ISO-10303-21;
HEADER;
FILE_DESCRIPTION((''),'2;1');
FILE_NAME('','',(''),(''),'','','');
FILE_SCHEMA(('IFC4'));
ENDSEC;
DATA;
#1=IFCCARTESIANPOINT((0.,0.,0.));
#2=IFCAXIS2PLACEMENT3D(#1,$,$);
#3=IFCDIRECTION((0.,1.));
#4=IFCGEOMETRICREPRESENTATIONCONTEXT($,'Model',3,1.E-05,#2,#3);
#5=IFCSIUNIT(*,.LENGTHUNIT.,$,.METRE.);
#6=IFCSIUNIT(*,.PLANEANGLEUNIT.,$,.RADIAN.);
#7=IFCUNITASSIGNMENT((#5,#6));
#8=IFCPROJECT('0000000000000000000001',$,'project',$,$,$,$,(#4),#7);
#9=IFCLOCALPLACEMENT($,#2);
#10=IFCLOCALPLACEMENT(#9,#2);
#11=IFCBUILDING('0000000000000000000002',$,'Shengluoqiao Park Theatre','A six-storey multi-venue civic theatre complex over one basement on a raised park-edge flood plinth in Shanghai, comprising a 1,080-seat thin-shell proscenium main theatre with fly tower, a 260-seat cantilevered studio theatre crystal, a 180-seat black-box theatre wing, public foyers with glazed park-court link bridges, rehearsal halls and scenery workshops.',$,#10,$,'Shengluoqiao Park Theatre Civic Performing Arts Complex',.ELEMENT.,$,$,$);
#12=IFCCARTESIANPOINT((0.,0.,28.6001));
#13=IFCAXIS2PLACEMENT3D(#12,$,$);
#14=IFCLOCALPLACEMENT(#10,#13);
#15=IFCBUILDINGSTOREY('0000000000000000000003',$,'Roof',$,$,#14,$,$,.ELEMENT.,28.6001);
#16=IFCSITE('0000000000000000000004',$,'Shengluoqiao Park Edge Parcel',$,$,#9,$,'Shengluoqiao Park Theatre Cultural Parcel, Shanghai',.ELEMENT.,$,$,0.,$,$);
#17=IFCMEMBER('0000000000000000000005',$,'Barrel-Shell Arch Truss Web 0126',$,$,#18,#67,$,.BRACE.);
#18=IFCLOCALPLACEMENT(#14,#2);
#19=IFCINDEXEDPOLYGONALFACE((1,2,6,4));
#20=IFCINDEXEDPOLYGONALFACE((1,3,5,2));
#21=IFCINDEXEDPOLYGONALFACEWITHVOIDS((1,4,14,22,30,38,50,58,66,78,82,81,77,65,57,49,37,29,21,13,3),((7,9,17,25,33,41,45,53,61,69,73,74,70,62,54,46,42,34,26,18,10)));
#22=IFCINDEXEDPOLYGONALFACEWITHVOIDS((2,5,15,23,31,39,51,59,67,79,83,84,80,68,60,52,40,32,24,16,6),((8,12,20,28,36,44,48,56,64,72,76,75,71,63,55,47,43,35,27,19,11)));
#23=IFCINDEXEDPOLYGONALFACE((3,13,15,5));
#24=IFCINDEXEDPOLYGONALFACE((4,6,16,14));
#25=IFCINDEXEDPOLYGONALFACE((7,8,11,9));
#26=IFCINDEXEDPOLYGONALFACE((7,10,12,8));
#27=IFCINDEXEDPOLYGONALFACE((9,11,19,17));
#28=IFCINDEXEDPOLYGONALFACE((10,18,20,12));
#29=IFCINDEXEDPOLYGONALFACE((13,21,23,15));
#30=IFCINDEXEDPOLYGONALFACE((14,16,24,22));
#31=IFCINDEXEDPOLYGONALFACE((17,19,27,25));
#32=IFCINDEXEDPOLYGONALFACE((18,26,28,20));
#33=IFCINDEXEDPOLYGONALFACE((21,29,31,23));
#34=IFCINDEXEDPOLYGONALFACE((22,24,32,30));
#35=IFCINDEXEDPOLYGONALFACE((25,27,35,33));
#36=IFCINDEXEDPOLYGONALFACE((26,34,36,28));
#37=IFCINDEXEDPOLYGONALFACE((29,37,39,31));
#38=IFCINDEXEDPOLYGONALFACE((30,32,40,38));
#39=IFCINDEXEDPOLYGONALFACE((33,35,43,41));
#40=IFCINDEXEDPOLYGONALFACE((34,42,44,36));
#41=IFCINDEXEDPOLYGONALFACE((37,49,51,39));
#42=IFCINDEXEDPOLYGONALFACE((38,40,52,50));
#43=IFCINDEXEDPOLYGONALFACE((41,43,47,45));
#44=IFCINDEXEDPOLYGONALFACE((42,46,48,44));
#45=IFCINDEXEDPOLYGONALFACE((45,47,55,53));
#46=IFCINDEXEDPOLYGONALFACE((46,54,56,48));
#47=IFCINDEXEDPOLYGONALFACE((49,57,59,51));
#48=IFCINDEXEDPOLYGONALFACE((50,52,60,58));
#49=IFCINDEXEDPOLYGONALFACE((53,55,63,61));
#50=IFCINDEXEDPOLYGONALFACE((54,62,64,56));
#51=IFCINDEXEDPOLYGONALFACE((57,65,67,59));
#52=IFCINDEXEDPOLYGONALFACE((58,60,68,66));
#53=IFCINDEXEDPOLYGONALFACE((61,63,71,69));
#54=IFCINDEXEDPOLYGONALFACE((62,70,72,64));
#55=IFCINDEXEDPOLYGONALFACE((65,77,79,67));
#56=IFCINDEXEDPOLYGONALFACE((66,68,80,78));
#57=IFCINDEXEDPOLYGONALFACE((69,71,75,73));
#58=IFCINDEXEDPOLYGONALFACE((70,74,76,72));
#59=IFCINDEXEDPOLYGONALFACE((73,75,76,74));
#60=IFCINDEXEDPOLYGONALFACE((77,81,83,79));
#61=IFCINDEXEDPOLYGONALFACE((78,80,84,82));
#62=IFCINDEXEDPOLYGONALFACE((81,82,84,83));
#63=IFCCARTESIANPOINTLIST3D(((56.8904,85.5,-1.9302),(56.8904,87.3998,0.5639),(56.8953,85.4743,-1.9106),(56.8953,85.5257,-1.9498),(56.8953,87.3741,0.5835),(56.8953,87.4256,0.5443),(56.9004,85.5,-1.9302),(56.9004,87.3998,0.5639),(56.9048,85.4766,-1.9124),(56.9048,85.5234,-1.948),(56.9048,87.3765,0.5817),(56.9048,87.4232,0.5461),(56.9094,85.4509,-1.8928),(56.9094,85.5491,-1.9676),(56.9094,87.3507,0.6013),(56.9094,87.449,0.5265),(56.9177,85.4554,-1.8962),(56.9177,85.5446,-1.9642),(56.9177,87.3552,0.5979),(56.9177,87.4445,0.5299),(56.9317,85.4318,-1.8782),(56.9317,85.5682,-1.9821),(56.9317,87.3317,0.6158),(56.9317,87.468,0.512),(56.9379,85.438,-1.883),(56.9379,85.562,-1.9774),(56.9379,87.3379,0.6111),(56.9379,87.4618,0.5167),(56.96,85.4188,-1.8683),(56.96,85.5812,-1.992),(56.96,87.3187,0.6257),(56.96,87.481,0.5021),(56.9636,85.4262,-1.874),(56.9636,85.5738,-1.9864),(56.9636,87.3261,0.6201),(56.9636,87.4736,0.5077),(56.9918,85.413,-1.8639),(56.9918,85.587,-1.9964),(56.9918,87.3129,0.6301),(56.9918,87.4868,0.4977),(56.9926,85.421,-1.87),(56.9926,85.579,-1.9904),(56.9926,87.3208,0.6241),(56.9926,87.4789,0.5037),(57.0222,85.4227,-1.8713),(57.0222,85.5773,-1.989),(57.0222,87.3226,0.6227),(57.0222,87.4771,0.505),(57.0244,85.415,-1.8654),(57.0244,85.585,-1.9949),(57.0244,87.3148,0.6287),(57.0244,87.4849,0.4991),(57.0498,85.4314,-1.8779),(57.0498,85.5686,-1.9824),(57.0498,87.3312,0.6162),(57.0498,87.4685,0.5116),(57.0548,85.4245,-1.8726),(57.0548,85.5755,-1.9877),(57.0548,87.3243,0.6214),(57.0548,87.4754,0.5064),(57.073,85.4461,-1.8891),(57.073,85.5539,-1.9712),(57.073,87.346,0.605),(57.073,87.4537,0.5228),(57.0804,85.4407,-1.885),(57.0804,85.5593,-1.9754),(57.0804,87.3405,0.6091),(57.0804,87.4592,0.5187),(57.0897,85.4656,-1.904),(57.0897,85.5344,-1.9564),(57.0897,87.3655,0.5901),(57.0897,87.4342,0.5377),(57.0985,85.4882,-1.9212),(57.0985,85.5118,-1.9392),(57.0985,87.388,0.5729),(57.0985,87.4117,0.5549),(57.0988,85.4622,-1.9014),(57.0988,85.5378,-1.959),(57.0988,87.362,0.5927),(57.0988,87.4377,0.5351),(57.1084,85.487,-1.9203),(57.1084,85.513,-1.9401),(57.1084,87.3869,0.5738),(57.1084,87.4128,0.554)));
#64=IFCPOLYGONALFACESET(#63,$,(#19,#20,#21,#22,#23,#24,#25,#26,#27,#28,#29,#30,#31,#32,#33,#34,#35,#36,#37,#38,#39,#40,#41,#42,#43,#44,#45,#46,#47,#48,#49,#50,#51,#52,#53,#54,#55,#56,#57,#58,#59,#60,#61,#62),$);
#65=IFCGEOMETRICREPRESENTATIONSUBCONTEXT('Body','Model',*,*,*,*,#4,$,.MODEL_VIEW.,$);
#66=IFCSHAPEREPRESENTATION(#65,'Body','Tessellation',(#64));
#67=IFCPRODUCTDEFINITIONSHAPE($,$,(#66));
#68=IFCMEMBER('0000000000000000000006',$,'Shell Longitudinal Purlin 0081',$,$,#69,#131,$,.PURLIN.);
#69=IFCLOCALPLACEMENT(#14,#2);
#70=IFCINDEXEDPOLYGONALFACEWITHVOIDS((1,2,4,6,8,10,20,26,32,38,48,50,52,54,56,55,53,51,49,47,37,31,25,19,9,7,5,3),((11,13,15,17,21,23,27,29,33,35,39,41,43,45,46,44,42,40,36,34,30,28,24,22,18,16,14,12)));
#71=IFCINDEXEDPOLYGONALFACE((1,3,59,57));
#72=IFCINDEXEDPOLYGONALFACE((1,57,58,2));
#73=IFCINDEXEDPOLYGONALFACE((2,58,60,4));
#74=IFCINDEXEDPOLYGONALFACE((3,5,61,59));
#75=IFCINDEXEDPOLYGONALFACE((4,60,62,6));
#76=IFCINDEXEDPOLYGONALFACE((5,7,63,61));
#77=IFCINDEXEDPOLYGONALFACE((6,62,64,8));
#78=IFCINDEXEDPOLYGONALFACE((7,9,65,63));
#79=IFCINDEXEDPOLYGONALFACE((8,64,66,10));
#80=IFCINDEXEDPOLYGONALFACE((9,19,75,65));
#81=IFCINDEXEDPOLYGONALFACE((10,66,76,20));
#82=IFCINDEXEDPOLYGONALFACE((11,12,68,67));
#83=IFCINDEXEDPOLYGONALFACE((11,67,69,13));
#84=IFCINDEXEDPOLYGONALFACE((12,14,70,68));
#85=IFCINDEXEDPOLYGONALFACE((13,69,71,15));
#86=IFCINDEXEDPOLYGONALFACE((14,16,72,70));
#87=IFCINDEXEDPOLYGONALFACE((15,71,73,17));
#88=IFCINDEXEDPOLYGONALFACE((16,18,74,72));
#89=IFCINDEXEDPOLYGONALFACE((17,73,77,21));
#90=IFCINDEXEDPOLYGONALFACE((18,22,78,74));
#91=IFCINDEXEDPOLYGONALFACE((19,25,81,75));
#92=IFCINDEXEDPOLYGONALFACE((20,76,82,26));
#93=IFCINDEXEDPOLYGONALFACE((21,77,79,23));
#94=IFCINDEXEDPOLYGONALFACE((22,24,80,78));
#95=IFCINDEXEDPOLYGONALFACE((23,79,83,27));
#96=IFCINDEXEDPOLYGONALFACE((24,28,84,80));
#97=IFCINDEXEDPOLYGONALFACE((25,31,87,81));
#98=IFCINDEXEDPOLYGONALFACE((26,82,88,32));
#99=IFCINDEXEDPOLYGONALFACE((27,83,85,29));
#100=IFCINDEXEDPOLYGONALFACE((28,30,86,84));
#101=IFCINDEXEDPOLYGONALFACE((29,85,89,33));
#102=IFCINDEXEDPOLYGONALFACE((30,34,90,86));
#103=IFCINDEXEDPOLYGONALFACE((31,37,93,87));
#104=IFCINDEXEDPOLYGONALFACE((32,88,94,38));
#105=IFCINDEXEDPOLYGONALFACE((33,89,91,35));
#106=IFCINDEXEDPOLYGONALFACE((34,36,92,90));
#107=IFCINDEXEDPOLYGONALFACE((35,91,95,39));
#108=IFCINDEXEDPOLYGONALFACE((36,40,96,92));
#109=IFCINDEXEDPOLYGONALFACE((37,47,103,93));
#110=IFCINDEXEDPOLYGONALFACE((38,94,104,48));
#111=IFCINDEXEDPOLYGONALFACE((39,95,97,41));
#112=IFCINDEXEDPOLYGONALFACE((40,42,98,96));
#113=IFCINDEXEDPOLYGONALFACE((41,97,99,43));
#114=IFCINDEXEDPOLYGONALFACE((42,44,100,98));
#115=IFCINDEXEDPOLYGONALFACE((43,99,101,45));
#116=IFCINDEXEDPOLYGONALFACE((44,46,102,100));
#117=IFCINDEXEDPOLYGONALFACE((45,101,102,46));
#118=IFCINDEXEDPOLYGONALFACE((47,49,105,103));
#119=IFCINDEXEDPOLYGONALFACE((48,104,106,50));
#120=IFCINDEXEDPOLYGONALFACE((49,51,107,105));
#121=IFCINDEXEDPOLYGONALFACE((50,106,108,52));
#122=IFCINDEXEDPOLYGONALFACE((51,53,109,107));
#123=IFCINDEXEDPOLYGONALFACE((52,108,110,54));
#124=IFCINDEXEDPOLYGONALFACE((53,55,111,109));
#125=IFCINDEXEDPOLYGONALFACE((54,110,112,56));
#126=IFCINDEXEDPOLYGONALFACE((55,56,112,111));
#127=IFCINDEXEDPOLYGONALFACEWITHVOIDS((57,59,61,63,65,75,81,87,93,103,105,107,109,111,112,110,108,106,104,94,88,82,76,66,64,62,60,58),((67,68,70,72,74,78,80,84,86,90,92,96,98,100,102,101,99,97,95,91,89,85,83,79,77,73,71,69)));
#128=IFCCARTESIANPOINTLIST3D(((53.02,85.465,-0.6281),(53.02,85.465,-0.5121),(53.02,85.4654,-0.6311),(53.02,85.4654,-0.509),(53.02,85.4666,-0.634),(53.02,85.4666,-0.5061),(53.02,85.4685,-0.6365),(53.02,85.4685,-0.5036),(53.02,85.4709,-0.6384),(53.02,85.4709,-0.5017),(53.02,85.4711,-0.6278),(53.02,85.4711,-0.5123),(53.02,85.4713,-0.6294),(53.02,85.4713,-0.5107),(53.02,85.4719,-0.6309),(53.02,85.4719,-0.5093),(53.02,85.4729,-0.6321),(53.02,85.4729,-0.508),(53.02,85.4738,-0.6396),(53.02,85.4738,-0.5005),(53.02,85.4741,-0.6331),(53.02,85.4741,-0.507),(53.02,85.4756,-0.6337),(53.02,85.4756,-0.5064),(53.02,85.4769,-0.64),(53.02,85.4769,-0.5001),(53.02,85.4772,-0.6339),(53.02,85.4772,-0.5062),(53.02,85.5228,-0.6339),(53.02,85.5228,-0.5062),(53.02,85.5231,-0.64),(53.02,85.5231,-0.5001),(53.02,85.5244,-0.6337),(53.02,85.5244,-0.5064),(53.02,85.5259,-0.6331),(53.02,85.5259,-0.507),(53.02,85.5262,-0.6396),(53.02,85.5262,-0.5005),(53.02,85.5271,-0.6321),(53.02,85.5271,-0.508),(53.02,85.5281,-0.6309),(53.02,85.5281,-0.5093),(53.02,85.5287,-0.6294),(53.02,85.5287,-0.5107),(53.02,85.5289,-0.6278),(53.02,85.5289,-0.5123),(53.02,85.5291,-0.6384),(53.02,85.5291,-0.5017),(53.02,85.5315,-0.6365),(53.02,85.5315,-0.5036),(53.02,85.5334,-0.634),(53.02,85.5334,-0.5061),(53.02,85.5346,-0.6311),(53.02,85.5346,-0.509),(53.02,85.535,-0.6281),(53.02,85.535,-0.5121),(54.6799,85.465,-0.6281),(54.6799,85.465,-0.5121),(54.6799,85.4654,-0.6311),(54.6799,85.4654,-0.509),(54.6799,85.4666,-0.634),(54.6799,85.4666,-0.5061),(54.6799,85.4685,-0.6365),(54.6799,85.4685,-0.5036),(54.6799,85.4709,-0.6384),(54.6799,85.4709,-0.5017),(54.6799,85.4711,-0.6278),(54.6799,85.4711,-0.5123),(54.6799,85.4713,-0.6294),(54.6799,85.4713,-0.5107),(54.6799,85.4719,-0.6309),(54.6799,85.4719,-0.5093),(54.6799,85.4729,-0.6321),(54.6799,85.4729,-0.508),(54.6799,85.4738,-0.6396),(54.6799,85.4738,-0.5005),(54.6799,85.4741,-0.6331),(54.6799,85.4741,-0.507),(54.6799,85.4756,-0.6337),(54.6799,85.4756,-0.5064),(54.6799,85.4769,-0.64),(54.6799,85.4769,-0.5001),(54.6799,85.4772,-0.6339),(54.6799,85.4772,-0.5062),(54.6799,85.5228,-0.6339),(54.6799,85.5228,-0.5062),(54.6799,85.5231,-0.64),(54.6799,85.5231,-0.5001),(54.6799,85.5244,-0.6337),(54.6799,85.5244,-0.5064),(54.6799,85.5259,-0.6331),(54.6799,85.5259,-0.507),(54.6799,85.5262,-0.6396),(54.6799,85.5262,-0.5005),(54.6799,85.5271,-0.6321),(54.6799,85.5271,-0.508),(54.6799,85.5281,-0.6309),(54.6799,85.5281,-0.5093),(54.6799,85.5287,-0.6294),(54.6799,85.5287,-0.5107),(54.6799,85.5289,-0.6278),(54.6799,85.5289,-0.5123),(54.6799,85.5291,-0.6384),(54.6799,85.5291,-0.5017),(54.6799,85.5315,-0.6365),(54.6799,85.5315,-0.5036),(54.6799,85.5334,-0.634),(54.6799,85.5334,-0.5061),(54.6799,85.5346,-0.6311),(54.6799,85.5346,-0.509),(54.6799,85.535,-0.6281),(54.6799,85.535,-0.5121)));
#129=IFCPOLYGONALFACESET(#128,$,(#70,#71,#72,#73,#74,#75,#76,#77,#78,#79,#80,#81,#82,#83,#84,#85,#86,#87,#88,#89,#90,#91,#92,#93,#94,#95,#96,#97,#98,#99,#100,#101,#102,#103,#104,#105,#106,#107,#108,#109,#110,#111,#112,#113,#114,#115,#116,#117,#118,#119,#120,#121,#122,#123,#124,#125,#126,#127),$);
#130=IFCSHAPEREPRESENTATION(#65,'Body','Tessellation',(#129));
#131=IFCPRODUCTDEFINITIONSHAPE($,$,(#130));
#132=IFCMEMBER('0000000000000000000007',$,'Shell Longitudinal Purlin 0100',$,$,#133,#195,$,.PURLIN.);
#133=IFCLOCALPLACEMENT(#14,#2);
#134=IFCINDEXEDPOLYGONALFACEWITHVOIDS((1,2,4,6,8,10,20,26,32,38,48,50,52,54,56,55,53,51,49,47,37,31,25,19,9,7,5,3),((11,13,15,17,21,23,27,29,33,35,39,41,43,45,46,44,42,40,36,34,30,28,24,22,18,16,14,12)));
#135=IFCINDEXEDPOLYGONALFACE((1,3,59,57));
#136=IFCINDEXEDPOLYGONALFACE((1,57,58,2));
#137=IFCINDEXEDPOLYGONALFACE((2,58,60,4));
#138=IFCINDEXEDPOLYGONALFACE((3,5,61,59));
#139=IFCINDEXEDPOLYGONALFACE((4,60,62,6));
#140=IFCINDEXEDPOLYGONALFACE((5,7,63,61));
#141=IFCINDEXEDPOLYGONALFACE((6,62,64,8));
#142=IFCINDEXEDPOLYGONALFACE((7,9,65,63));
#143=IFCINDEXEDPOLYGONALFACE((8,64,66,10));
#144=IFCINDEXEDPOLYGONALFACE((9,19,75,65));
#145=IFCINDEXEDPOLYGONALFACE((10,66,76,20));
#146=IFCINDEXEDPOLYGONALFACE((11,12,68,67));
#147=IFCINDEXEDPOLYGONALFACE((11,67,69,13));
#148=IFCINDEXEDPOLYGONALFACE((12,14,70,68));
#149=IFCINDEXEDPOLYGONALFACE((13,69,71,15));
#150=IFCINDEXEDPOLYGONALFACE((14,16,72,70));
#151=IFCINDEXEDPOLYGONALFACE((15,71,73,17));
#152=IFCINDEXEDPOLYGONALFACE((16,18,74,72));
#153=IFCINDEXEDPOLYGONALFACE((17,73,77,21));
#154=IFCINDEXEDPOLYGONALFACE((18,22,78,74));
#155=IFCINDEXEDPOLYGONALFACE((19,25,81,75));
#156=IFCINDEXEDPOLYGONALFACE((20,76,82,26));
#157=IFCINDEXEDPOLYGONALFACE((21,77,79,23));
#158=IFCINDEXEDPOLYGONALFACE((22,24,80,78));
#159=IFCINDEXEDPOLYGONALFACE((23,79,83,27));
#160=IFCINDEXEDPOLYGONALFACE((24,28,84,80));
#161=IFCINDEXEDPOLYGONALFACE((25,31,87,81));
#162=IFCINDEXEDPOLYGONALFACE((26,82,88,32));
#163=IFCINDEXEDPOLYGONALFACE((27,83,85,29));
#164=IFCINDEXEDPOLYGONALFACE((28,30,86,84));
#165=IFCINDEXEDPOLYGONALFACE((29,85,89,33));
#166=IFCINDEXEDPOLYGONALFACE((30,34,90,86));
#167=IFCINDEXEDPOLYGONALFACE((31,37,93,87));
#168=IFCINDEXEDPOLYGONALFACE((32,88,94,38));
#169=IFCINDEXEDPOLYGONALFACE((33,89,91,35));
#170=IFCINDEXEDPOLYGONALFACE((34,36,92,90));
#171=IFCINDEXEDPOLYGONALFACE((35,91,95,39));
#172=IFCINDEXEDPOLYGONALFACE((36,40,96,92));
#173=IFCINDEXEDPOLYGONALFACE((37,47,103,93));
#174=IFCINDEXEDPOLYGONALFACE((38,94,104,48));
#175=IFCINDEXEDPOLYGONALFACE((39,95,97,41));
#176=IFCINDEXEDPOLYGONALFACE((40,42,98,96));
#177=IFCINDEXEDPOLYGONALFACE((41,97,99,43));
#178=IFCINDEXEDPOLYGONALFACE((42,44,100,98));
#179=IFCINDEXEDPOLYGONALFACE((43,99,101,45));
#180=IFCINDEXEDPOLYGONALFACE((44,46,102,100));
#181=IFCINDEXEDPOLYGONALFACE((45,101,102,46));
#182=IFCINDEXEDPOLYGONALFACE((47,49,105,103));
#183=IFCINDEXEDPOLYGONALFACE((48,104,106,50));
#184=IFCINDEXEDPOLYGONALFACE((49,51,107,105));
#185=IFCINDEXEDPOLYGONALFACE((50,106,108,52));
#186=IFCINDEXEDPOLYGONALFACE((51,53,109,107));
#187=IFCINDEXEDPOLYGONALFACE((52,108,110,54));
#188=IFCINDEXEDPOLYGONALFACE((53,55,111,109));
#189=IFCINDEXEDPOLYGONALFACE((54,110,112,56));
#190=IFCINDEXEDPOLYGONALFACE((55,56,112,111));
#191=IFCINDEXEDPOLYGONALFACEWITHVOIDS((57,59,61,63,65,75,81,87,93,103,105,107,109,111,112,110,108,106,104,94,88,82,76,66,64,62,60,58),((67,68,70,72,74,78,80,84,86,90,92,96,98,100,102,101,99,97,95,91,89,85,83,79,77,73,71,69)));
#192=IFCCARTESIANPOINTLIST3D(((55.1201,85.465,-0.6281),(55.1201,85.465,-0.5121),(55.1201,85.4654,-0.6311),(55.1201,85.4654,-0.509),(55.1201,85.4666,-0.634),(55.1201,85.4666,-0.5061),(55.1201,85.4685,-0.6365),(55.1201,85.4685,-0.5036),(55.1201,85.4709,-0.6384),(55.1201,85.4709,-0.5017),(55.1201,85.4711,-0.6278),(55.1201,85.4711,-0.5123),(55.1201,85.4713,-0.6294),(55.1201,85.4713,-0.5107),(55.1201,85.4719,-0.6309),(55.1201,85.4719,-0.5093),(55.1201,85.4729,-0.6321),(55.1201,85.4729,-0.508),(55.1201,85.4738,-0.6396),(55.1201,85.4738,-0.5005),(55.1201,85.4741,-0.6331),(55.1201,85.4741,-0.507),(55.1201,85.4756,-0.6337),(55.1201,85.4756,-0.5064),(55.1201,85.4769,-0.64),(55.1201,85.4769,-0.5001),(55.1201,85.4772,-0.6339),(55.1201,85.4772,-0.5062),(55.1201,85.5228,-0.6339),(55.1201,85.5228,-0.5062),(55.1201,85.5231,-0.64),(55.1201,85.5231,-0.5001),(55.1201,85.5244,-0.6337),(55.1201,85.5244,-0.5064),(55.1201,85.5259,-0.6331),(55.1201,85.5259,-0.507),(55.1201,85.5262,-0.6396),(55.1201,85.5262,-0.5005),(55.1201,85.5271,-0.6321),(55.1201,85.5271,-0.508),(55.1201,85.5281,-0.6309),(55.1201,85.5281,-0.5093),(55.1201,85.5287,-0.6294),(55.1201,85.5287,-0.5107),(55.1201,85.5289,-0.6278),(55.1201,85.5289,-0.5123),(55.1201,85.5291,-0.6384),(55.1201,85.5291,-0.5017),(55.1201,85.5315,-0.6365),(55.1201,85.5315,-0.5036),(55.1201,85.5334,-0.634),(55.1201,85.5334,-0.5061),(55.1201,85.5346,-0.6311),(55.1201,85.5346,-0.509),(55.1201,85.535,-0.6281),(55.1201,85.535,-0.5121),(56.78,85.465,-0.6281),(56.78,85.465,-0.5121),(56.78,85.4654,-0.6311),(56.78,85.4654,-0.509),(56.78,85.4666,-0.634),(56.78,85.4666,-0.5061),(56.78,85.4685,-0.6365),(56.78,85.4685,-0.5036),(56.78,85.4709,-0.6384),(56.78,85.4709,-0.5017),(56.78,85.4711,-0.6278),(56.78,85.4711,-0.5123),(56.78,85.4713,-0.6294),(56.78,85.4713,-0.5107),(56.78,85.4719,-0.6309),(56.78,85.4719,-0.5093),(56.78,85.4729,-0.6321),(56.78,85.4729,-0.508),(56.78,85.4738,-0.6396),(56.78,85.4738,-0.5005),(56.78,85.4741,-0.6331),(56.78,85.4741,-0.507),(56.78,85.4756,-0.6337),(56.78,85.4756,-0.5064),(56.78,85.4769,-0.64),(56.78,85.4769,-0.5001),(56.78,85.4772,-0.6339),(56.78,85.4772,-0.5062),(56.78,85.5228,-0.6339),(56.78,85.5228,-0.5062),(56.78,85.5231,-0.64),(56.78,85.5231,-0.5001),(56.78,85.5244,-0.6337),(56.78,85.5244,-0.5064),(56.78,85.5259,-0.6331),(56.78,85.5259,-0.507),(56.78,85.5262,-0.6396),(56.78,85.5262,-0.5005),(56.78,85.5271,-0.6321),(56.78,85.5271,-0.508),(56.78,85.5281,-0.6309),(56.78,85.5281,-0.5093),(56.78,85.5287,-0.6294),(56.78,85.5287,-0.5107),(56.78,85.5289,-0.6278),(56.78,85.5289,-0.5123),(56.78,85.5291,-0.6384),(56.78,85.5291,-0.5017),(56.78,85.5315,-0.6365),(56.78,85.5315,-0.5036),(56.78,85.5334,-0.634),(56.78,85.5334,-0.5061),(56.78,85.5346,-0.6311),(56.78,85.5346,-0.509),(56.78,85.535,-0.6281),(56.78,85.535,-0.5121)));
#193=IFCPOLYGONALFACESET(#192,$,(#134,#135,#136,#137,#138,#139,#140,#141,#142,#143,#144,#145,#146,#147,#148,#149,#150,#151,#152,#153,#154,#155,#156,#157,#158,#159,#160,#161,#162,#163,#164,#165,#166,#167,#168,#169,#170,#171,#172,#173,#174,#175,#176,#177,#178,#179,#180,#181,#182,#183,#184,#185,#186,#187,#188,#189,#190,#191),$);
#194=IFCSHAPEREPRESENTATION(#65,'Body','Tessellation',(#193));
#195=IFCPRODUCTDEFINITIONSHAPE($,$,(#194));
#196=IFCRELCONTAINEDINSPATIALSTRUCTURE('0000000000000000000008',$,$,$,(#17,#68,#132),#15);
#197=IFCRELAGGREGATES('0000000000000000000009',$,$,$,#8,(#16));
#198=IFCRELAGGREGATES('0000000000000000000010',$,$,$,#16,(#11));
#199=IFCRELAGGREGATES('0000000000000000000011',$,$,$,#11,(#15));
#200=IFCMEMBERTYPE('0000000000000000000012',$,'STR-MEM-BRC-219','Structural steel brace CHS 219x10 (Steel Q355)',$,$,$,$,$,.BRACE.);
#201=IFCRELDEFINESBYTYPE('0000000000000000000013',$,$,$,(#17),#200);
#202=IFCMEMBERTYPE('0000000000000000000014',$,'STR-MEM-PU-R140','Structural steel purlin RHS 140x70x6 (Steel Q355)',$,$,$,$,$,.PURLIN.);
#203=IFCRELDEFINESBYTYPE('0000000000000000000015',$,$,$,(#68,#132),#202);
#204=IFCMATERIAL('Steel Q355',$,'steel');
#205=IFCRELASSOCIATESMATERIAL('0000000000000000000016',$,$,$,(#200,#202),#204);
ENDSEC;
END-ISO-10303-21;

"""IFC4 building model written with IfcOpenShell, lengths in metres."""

from ifc_helpers import new_model, si_unit, direction, frame, origin, origin_2d, place, context, subcontext, project, spatial, hollow_rectangle, hollow_circle, extrude, material, material_profile, profile_set, type_object, element, save


model = new_model("IFC4")

# Units and contexts
model_context = context("Model", 3, precision=1e-05, world=origin(), true_north=direction((0.0, 1.0)))
body_context = subcontext(model_context, "Body", "Model", "MODEL_VIEW")
ifc_project = project(units=[si_unit("LENGTHUNIT", "METRE"), si_unit("PLANEANGLEUNIT", "RADIAN")], contexts=[model_context])

# Site, building, storey
site_placement = place(None, origin())
site = spatial("IfcSite", under=ifc_project, at=site_placement, Name="Shengluoqiao Park Edge Parcel", LongName="Shengluoqiao Park Theatre Cultural Parcel, Shanghai", CompositionType="ELEMENT", RefElevation=0.0)
building_placement = place(site_placement, origin())
building = spatial("IfcBuilding", under=site, at=building_placement, Name="Shengluoqiao Park Theatre", Description="A six-storey multi-venue civic theatre complex over one basement on a raised park-edge flood plinth in Shanghai, comprising a 1,080-seat thin-shell proscenium main theatre with fly tower, a 260-seat cantilevered studio theatre crystal, a 180-seat black-box theatre wing, public foyers with glazed park-court link bridges, rehearsal halls and scenery workshops.", LongName="Shengluoqiao Park Theatre Civic Performing Arts Complex", CompositionType="ELEMENT")
storey_placement = place(building_placement, frame((0.0, 0.0, 28.6001)))
storey = spatial("IfcBuildingStorey", under=building, at=storey_placement, Name="Roof", CompositionType="ELEMENT", Elevation=28.6001)

# Shared definitions
ifc_material_1 = material(Name="Steel Q355", Category="steel")

# Members
ifc_material_profile_1 = material_profile(ifc_material_1, hollow_circle(Radius=0.1096, WallThickness=0.01, at=origin_2d()), Name="CHS 219x10")
ifc_profile_set_1 = profile_set([ifc_material_profile_1], Name="Steel Q355")
member_type_1 = type_object("IfcMemberType", Name="STR-MEM-BRC-219", Description="Structural steel brace CHS 219x10 (Steel Q355)", PredefinedType="BRACE", material=ifc_profile_set_1)
member_1_placement = place(storey_placement, frame((57.0, 85.5, -1.9302), z_axis=(0.0, 0.605963, 0.795492), x_axis=(-1.0, 0.0, 0.0)))
element("IfcMember", 1, at=member_1_placement, inside=storey, type_object=member_type_1, Name="Barrel-Shell Arch Truss Web 0126", PredefinedType="BRACE", context=body_context, shape_type="SweptSolid", body=[
    extrude(hollow_circle(Radius=0.1096, WallThickness=0.01, at=origin_2d()), origin(), (0.0, 0.0, 1.0), 3.1353),
])
ifc_material_profile_2 = material_profile(ifc_material_1, hollow_rectangle(XDim=0.0701, YDim=0.1399, WallThickness=0.0061, InnerFilletRadius=0.0061, OuterFilletRadius=0.012, at=origin_2d()), Name="RHS 140x70x6")
ifc_profile_set_2 = profile_set([ifc_material_profile_2], Name="Steel Q355")
member_type_2 = type_object("IfcMemberType", Name="STR-MEM-PU-R140", Description="Structural steel purlin RHS 140x70x6 (Steel Q355)", PredefinedType="PURLIN", material=ifc_profile_set_2)
for number, where, z_axis, x_axis, name in (
    (2, (53.02, 85.5, -0.5701), (1.0, 0.0, 0.0), (0.0, 1.0, 0.0), "Shell Longitudinal Purlin 0081"),
    (3, (55.1201, 85.5, -0.5701), (1.0, 0.0, 0.0), (0.0, 1.0, 0.0), "Shell Longitudinal Purlin 0100"),
):
    element("IfcMember", number, at=place(storey_placement, frame(where, z_axis=z_axis, x_axis=x_axis)), inside=storey, type_object=member_type_2, Name=name, PredefinedType="PURLIN", context=body_context, shape_type="SweptSolid", body=[
        extrude(hollow_rectangle(XDim=0.0701, YDim=0.1399, WallThickness=0.0061, InnerFilletRadius=0.0061, OuterFilletRadius=0.012, at=origin_2d()), origin(), (0.0, 0.0, 1.0), 1.6599),
    ])

save(model, "model.ifc")
